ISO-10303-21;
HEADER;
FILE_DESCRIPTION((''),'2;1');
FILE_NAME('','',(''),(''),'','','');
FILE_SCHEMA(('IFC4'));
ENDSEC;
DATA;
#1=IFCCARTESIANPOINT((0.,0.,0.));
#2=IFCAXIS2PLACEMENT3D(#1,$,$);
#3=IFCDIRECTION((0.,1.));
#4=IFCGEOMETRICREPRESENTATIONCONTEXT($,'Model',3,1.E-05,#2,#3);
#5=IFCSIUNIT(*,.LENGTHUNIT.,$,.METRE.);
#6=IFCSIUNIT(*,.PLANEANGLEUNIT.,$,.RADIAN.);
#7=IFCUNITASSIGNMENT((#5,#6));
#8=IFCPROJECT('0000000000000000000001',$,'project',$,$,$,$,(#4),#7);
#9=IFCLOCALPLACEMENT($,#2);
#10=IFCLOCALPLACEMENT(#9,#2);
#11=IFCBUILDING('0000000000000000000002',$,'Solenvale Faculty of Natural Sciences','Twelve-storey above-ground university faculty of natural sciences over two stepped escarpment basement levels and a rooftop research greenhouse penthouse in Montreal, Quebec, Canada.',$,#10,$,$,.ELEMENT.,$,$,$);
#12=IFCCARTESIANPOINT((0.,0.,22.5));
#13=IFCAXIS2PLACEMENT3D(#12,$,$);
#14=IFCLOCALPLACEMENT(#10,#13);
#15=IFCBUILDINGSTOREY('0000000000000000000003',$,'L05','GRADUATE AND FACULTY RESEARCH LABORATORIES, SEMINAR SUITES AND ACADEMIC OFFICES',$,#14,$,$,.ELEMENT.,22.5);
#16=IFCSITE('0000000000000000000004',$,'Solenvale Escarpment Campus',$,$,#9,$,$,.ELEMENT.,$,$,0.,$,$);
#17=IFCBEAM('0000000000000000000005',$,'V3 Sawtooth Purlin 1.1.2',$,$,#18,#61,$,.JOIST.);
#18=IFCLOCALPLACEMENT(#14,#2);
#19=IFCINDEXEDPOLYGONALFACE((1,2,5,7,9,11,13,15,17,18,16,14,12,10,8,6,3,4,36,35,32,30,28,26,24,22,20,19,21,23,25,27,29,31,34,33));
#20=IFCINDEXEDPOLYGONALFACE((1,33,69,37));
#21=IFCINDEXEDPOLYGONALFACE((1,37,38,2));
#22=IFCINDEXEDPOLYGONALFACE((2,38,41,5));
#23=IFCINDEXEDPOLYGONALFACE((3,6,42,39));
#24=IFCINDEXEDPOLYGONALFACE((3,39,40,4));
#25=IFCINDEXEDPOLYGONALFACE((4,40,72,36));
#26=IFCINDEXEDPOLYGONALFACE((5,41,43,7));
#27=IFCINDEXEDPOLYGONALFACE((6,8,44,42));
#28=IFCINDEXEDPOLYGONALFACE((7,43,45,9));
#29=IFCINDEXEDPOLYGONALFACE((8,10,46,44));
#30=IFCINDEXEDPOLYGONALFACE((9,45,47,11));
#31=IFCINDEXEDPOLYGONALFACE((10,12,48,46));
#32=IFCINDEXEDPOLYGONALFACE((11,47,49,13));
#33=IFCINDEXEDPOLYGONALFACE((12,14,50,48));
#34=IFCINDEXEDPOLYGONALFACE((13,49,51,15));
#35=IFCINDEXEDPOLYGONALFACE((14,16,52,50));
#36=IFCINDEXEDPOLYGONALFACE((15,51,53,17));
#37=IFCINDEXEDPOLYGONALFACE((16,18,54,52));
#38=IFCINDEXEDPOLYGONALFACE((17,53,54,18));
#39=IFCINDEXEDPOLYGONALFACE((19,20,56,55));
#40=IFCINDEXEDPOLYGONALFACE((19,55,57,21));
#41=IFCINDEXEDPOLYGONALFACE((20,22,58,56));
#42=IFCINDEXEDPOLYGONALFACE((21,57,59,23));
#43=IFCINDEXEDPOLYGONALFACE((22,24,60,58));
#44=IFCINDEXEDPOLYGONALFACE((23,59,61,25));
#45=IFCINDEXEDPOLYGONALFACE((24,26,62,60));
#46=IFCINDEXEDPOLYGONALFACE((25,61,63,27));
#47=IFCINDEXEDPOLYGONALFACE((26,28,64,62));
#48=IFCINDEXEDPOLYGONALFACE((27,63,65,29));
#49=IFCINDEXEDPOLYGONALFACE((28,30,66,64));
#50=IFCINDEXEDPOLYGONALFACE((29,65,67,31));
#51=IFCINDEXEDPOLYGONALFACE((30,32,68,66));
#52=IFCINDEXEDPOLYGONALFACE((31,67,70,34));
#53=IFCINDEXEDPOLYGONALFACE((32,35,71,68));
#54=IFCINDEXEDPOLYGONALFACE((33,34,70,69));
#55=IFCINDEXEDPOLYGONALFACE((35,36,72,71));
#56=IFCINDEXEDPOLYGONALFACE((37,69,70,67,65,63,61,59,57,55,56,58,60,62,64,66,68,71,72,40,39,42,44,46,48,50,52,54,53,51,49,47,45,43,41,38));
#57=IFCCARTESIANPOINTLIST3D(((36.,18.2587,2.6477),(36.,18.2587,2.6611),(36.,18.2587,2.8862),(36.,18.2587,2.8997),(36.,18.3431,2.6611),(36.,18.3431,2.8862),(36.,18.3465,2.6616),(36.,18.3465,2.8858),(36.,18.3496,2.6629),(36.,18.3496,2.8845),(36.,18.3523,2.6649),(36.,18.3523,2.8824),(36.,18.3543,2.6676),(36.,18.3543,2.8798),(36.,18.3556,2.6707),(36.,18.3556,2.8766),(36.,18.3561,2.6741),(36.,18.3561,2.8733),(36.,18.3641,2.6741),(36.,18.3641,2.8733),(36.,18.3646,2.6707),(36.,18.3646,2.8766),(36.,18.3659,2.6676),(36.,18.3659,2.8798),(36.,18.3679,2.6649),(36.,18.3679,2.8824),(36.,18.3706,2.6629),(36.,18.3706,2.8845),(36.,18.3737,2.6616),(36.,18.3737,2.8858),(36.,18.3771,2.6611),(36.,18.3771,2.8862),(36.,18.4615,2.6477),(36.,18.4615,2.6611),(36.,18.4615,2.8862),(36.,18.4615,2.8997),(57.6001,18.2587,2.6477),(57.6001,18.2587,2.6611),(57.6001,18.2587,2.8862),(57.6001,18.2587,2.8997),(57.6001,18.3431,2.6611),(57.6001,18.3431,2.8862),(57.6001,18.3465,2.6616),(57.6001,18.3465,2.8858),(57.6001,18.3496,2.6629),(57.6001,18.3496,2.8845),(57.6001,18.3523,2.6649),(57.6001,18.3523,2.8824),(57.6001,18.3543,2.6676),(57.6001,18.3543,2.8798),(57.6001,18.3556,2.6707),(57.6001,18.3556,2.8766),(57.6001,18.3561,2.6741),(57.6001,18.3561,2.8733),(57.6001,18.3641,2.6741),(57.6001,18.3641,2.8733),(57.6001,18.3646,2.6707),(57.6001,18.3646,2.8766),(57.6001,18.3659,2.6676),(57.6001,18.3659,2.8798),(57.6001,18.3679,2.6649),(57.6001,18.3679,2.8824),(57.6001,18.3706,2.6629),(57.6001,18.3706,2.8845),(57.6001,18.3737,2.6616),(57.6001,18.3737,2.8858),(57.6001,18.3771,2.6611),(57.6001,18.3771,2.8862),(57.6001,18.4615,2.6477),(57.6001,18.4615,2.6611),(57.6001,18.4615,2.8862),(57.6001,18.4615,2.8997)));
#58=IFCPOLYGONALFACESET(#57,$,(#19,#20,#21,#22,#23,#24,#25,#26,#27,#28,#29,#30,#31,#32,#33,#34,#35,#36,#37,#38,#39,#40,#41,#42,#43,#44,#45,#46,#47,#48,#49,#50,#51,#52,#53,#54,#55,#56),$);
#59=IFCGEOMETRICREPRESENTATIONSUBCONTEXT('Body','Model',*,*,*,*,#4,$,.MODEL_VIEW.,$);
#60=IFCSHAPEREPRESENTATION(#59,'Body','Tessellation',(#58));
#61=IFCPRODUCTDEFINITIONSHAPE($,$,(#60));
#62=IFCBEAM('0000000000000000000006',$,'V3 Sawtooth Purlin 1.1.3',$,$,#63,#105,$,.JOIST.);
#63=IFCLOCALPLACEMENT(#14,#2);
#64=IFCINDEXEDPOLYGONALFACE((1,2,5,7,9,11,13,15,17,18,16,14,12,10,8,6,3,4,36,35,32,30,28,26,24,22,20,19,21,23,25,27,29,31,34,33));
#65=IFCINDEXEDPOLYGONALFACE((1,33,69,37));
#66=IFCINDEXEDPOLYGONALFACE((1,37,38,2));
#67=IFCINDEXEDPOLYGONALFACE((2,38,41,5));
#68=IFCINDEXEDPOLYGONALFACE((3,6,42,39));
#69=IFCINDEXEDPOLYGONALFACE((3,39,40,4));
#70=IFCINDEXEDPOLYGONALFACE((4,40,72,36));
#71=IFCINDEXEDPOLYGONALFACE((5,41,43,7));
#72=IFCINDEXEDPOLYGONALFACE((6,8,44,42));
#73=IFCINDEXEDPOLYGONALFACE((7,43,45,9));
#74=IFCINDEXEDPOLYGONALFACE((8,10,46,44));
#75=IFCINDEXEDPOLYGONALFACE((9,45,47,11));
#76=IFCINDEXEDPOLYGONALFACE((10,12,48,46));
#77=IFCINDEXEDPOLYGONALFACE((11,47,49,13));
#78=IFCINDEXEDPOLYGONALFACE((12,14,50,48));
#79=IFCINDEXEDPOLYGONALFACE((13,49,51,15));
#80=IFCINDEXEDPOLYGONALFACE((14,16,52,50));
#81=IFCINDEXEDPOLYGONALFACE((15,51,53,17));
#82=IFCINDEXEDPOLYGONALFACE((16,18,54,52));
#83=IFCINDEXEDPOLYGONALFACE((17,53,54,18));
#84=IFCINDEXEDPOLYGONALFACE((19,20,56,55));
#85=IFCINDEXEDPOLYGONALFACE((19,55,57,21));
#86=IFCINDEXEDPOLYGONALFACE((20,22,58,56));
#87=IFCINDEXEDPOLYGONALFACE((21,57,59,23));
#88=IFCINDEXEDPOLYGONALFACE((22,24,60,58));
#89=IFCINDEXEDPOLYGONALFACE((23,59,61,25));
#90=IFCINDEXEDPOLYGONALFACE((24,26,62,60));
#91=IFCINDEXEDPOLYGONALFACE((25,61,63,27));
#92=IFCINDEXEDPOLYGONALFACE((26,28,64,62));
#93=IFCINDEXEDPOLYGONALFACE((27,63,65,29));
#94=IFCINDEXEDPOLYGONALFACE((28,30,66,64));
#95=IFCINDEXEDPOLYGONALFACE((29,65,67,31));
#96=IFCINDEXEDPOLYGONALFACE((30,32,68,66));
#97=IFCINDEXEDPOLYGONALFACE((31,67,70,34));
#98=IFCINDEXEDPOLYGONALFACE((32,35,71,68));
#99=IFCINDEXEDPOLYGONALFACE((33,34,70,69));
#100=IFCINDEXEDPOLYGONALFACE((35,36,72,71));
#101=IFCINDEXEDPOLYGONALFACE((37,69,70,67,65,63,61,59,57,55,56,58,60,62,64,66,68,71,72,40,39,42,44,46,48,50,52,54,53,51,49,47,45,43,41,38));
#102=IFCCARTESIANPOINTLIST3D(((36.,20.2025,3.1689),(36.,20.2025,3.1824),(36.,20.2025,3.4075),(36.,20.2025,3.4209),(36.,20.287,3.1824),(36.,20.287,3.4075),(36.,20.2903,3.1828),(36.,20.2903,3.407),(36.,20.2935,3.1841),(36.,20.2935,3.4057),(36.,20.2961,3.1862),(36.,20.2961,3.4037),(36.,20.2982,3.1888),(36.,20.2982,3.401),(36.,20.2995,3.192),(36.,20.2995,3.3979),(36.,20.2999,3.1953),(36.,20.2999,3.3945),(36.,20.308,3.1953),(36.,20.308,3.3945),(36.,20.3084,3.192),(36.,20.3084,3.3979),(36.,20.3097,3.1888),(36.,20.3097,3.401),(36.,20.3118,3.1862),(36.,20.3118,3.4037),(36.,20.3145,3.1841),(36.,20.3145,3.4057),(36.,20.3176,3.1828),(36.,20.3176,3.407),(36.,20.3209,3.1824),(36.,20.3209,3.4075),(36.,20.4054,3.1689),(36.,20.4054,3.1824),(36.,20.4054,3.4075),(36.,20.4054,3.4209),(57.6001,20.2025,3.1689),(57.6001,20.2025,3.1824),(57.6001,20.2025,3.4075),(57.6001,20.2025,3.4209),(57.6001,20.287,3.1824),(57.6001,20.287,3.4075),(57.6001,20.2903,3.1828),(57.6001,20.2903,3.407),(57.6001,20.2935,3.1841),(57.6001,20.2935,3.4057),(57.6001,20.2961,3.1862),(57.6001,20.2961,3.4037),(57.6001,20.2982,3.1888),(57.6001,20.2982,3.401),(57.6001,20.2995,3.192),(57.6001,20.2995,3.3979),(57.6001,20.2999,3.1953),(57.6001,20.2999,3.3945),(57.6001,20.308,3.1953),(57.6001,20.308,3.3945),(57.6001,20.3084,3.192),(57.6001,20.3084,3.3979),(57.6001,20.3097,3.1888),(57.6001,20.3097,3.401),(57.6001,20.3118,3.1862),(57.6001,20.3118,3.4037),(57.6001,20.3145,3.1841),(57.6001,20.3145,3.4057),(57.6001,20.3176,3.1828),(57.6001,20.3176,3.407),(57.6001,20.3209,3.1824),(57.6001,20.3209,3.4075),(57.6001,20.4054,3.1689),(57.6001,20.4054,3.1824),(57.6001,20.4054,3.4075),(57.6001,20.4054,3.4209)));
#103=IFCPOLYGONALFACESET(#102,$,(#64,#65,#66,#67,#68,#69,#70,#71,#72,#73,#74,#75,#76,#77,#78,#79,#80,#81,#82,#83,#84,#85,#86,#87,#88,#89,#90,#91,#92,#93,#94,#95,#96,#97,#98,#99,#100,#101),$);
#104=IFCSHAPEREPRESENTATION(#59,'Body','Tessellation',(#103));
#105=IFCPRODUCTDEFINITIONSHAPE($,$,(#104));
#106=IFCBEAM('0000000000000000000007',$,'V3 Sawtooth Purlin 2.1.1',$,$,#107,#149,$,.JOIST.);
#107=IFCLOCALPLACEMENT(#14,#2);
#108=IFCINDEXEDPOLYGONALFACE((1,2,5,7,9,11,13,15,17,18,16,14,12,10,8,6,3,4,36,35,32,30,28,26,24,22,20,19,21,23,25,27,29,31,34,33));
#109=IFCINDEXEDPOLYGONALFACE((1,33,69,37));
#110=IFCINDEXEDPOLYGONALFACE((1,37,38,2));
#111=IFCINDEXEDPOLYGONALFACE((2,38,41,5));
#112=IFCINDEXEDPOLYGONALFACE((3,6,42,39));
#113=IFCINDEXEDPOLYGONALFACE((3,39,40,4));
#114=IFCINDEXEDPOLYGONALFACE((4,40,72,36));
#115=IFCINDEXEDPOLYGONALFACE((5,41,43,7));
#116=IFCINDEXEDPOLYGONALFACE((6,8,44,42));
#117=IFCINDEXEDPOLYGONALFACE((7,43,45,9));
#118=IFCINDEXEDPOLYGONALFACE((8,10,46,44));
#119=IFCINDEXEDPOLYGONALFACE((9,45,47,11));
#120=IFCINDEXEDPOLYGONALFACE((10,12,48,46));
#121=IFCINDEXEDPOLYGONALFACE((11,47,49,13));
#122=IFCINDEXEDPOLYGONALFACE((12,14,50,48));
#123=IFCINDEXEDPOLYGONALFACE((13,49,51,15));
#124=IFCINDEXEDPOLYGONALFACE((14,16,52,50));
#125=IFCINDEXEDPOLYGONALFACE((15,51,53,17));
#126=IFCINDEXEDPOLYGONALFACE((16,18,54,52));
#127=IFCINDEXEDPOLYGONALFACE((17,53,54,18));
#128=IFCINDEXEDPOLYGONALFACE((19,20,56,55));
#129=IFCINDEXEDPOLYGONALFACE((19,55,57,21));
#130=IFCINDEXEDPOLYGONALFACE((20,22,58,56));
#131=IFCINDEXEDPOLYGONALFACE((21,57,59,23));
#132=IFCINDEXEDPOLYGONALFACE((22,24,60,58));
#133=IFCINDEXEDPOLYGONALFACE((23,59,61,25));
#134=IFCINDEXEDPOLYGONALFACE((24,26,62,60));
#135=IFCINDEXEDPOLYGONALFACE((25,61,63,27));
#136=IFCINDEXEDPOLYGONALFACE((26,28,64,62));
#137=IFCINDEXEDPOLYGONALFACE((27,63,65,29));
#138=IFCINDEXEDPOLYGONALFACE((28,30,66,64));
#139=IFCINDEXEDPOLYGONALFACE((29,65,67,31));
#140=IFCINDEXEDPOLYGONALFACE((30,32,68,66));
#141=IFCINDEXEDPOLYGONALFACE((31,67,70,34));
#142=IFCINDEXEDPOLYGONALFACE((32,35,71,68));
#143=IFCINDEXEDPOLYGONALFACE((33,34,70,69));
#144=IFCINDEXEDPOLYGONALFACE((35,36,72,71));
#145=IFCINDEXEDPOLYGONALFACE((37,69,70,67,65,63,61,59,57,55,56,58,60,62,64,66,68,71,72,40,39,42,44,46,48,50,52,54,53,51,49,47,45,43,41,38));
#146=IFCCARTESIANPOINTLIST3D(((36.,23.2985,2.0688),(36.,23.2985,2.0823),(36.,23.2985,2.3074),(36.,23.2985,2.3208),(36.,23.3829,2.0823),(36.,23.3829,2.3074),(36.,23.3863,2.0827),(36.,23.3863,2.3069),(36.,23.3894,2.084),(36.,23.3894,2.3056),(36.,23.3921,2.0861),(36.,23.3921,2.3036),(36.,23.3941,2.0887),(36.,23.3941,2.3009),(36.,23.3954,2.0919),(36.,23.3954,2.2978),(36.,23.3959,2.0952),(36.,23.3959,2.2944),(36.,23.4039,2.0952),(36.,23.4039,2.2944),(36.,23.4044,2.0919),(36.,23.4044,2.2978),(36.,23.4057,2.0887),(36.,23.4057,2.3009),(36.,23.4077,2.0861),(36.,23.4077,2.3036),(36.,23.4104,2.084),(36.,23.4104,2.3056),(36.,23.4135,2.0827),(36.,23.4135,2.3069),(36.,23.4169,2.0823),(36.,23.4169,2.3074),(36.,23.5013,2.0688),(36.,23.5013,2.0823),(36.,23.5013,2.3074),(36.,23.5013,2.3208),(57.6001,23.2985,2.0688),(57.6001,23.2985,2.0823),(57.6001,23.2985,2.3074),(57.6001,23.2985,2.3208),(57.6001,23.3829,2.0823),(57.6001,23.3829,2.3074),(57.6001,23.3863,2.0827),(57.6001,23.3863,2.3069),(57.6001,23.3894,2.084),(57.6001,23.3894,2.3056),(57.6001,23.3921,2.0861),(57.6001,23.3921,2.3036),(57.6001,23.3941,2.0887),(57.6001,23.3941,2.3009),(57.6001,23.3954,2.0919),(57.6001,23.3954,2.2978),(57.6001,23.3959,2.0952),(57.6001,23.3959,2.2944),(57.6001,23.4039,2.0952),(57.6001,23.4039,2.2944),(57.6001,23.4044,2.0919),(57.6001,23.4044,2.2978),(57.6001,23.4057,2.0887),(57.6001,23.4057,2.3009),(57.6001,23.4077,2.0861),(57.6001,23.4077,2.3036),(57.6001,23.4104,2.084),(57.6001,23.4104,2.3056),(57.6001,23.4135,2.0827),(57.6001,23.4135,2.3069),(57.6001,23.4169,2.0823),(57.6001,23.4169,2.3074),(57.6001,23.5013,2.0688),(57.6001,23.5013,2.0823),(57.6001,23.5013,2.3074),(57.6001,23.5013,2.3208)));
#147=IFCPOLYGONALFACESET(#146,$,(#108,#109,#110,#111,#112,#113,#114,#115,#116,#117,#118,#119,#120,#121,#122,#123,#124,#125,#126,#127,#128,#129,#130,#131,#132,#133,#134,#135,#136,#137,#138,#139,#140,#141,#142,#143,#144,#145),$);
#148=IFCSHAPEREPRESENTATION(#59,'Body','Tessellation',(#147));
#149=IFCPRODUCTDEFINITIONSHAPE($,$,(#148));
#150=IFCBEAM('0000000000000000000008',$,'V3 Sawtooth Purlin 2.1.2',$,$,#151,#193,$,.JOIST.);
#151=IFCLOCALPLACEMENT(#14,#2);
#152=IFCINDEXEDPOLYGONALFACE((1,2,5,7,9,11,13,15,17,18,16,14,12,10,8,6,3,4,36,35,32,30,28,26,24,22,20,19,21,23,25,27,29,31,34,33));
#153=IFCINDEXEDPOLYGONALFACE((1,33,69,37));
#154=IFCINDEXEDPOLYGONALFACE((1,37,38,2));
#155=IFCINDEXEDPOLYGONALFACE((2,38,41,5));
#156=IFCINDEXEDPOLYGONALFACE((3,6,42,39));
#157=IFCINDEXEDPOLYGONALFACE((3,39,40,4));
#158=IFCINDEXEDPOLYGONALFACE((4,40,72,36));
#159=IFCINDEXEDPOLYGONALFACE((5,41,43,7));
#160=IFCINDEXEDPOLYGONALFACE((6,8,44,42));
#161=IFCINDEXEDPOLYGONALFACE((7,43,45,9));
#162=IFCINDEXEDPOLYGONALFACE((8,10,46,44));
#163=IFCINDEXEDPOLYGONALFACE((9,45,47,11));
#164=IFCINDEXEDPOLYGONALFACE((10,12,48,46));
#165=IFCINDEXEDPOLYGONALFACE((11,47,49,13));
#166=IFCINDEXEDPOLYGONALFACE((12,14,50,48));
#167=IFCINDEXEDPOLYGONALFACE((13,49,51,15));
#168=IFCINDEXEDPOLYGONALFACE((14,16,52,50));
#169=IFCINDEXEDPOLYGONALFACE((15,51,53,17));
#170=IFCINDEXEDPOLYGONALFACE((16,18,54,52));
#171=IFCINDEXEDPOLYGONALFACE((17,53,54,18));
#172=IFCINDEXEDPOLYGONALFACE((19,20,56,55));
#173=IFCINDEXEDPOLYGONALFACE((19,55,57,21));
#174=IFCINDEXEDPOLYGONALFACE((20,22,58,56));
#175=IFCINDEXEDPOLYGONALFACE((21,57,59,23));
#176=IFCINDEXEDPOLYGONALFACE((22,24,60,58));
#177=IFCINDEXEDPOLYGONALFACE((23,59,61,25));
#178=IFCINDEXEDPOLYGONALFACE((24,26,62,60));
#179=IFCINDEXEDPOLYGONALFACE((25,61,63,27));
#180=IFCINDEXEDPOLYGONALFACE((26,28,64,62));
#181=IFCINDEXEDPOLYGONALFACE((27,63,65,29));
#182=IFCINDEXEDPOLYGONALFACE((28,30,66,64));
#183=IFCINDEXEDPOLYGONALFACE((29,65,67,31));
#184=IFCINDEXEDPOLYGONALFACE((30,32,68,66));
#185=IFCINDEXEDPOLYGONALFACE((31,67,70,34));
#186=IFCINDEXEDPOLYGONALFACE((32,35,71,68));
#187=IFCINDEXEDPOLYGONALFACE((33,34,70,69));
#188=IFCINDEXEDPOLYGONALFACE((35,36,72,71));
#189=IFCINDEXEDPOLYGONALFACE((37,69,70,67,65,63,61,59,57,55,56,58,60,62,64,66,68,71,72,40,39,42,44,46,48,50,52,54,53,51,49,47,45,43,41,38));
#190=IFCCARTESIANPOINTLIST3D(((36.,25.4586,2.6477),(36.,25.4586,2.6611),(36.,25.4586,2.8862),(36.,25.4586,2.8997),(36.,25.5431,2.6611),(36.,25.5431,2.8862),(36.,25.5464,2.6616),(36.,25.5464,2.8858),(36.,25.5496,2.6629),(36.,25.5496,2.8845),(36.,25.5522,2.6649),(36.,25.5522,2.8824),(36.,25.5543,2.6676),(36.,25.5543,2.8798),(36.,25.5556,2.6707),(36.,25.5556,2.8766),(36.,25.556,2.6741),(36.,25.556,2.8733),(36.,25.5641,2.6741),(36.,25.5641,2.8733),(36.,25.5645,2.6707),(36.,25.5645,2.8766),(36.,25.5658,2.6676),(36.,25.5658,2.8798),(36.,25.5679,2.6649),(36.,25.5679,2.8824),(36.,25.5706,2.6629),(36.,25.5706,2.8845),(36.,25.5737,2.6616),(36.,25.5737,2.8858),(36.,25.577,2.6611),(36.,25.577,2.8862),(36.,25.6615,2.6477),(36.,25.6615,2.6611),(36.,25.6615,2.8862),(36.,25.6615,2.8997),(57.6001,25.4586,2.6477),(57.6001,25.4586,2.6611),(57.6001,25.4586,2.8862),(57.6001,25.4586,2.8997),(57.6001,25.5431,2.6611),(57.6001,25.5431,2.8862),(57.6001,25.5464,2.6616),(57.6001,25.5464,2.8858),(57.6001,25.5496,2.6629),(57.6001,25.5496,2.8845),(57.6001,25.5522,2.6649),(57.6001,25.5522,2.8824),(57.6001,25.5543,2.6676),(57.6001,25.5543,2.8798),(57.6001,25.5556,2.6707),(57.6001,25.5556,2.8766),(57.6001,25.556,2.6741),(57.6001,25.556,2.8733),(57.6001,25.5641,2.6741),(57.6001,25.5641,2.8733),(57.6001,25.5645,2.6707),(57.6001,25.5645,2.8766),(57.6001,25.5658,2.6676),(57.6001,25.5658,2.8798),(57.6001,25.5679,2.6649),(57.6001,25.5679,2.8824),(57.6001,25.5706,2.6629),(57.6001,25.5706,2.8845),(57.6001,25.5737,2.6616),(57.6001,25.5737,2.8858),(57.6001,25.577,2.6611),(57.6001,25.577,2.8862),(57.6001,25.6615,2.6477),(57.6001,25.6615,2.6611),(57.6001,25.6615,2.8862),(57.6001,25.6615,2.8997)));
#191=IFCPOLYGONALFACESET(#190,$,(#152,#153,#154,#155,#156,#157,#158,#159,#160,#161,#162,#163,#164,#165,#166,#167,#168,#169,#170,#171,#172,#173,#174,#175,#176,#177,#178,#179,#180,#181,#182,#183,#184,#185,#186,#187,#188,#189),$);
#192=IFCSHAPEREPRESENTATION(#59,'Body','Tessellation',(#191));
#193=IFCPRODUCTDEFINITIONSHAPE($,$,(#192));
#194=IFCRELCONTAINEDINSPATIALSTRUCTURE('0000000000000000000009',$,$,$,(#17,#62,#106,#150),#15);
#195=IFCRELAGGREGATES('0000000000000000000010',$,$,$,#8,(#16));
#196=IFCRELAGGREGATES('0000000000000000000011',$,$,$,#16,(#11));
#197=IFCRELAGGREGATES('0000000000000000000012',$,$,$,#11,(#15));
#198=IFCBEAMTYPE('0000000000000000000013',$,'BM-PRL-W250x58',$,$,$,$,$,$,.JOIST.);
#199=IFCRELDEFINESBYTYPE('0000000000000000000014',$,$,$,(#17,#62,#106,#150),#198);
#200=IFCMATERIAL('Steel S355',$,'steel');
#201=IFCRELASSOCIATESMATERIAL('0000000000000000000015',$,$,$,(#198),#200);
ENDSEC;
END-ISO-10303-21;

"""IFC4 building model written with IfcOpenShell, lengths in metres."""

from ifc_helpers import new_model, si_unit, direction, frame, origin, origin_2d, place, context, subcontext, project, spatial, i_section, extrude, material, material_profile, profile_set, type_object, element, save


model = new_model("IFC4")

# Units and contexts
model_context = context("Model", 3, precision=1e-05, world=origin(), true_north=direction((0.0, 1.0)))
body_context = subcontext(model_context, "Body", "Model", "MODEL_VIEW")
ifc_project = project(units=[si_unit("LENGTHUNIT", "METRE"), si_unit("PLANEANGLEUNIT", "RADIAN")], contexts=[model_context])

# Site, building, storey
site_placement = place(None, origin())
site = spatial("IfcSite", under=ifc_project, at=site_placement, Name="Solenvale Escarpment Campus", CompositionType="ELEMENT", RefElevation=0.0)
building_placement = place(site_placement, origin())
building = spatial("IfcBuilding", under=site, at=building_placement, Name="Solenvale Faculty of Natural Sciences", Description="Twelve-storey above-ground university faculty of natural sciences over two stepped escarpment basement levels and a rooftop research greenhouse penthouse in Montreal, Quebec, Canada.", CompositionType="ELEMENT")
storey_placement = place(building_placement, frame((0.0, 0.0, 22.5)))
storey = spatial("IfcBuildingStorey", under=building, at=storey_placement, Name="L05", Description="GRADUATE AND FACULTY RESEARCH LABORATORIES, SEMINAR SUITES AND ACADEMIC OFFICES", CompositionType="ELEMENT", Elevation=22.5)

# Shared definitions
ifc_material_1 = material(Name="Steel S355", Category="steel")

# Beams
ifc_material_profile_1 = material_profile(ifc_material_1, i_section(OverallWidth=0.2029, OverallDepth=0.252, WebThickness=0.0081, FlangeThickness=0.0134, FilletRadius=0.0129, at=origin_2d()), Name="W250x58")
ifc_profile_set_1 = profile_set([ifc_material_profile_1], Name="Steel S355")
beam_type_1 = type_object("IfcBeamType", Name="BM-PRL-W250x58", PredefinedType="JOIST", material=ifc_profile_set_1)
for number, where, z_axis, x_axis, name in (
    (1, (36.0, 18.3601, 2.7737), (1.0, 0.0, 0.0), (0.0, 1.0, 0.0), "V3 Sawtooth Purlin 1.1.2"),
    (2, (36.0, 20.304, 3.2949), (1.0, 0.0, 0.0), (0.0, 1.0, 0.0), "V3 Sawtooth Purlin 1.1.3"),
    (3, (36.0, 23.3999, 2.1948), (1.0, 0.0, 0.0), (0.0, 1.0, 0.0), "V3 Sawtooth Purlin 2.1.1"),
    (4, (36.0, 25.5601, 2.7737), (1.0, 0.0, 0.0), (0.0, 1.0, 0.0), "V3 Sawtooth Purlin 2.1.2"),
):
    element("IfcBeam", number, at=place(storey_placement, frame(where, z_axis=z_axis, x_axis=x_axis)), inside=storey, type_object=beam_type_1, Name=name, PredefinedType="JOIST", context=body_context, shape_type="SweptSolid", body=[
        extrude(i_section(OverallWidth=0.2029, OverallDepth=0.252, WebThickness=0.0081, FlangeThickness=0.0134, FilletRadius=0.0129, at=origin_2d()), origin(), (0.0, 0.0, 1.0), 21.6001),
    ])

save(model, "model.ifc")
